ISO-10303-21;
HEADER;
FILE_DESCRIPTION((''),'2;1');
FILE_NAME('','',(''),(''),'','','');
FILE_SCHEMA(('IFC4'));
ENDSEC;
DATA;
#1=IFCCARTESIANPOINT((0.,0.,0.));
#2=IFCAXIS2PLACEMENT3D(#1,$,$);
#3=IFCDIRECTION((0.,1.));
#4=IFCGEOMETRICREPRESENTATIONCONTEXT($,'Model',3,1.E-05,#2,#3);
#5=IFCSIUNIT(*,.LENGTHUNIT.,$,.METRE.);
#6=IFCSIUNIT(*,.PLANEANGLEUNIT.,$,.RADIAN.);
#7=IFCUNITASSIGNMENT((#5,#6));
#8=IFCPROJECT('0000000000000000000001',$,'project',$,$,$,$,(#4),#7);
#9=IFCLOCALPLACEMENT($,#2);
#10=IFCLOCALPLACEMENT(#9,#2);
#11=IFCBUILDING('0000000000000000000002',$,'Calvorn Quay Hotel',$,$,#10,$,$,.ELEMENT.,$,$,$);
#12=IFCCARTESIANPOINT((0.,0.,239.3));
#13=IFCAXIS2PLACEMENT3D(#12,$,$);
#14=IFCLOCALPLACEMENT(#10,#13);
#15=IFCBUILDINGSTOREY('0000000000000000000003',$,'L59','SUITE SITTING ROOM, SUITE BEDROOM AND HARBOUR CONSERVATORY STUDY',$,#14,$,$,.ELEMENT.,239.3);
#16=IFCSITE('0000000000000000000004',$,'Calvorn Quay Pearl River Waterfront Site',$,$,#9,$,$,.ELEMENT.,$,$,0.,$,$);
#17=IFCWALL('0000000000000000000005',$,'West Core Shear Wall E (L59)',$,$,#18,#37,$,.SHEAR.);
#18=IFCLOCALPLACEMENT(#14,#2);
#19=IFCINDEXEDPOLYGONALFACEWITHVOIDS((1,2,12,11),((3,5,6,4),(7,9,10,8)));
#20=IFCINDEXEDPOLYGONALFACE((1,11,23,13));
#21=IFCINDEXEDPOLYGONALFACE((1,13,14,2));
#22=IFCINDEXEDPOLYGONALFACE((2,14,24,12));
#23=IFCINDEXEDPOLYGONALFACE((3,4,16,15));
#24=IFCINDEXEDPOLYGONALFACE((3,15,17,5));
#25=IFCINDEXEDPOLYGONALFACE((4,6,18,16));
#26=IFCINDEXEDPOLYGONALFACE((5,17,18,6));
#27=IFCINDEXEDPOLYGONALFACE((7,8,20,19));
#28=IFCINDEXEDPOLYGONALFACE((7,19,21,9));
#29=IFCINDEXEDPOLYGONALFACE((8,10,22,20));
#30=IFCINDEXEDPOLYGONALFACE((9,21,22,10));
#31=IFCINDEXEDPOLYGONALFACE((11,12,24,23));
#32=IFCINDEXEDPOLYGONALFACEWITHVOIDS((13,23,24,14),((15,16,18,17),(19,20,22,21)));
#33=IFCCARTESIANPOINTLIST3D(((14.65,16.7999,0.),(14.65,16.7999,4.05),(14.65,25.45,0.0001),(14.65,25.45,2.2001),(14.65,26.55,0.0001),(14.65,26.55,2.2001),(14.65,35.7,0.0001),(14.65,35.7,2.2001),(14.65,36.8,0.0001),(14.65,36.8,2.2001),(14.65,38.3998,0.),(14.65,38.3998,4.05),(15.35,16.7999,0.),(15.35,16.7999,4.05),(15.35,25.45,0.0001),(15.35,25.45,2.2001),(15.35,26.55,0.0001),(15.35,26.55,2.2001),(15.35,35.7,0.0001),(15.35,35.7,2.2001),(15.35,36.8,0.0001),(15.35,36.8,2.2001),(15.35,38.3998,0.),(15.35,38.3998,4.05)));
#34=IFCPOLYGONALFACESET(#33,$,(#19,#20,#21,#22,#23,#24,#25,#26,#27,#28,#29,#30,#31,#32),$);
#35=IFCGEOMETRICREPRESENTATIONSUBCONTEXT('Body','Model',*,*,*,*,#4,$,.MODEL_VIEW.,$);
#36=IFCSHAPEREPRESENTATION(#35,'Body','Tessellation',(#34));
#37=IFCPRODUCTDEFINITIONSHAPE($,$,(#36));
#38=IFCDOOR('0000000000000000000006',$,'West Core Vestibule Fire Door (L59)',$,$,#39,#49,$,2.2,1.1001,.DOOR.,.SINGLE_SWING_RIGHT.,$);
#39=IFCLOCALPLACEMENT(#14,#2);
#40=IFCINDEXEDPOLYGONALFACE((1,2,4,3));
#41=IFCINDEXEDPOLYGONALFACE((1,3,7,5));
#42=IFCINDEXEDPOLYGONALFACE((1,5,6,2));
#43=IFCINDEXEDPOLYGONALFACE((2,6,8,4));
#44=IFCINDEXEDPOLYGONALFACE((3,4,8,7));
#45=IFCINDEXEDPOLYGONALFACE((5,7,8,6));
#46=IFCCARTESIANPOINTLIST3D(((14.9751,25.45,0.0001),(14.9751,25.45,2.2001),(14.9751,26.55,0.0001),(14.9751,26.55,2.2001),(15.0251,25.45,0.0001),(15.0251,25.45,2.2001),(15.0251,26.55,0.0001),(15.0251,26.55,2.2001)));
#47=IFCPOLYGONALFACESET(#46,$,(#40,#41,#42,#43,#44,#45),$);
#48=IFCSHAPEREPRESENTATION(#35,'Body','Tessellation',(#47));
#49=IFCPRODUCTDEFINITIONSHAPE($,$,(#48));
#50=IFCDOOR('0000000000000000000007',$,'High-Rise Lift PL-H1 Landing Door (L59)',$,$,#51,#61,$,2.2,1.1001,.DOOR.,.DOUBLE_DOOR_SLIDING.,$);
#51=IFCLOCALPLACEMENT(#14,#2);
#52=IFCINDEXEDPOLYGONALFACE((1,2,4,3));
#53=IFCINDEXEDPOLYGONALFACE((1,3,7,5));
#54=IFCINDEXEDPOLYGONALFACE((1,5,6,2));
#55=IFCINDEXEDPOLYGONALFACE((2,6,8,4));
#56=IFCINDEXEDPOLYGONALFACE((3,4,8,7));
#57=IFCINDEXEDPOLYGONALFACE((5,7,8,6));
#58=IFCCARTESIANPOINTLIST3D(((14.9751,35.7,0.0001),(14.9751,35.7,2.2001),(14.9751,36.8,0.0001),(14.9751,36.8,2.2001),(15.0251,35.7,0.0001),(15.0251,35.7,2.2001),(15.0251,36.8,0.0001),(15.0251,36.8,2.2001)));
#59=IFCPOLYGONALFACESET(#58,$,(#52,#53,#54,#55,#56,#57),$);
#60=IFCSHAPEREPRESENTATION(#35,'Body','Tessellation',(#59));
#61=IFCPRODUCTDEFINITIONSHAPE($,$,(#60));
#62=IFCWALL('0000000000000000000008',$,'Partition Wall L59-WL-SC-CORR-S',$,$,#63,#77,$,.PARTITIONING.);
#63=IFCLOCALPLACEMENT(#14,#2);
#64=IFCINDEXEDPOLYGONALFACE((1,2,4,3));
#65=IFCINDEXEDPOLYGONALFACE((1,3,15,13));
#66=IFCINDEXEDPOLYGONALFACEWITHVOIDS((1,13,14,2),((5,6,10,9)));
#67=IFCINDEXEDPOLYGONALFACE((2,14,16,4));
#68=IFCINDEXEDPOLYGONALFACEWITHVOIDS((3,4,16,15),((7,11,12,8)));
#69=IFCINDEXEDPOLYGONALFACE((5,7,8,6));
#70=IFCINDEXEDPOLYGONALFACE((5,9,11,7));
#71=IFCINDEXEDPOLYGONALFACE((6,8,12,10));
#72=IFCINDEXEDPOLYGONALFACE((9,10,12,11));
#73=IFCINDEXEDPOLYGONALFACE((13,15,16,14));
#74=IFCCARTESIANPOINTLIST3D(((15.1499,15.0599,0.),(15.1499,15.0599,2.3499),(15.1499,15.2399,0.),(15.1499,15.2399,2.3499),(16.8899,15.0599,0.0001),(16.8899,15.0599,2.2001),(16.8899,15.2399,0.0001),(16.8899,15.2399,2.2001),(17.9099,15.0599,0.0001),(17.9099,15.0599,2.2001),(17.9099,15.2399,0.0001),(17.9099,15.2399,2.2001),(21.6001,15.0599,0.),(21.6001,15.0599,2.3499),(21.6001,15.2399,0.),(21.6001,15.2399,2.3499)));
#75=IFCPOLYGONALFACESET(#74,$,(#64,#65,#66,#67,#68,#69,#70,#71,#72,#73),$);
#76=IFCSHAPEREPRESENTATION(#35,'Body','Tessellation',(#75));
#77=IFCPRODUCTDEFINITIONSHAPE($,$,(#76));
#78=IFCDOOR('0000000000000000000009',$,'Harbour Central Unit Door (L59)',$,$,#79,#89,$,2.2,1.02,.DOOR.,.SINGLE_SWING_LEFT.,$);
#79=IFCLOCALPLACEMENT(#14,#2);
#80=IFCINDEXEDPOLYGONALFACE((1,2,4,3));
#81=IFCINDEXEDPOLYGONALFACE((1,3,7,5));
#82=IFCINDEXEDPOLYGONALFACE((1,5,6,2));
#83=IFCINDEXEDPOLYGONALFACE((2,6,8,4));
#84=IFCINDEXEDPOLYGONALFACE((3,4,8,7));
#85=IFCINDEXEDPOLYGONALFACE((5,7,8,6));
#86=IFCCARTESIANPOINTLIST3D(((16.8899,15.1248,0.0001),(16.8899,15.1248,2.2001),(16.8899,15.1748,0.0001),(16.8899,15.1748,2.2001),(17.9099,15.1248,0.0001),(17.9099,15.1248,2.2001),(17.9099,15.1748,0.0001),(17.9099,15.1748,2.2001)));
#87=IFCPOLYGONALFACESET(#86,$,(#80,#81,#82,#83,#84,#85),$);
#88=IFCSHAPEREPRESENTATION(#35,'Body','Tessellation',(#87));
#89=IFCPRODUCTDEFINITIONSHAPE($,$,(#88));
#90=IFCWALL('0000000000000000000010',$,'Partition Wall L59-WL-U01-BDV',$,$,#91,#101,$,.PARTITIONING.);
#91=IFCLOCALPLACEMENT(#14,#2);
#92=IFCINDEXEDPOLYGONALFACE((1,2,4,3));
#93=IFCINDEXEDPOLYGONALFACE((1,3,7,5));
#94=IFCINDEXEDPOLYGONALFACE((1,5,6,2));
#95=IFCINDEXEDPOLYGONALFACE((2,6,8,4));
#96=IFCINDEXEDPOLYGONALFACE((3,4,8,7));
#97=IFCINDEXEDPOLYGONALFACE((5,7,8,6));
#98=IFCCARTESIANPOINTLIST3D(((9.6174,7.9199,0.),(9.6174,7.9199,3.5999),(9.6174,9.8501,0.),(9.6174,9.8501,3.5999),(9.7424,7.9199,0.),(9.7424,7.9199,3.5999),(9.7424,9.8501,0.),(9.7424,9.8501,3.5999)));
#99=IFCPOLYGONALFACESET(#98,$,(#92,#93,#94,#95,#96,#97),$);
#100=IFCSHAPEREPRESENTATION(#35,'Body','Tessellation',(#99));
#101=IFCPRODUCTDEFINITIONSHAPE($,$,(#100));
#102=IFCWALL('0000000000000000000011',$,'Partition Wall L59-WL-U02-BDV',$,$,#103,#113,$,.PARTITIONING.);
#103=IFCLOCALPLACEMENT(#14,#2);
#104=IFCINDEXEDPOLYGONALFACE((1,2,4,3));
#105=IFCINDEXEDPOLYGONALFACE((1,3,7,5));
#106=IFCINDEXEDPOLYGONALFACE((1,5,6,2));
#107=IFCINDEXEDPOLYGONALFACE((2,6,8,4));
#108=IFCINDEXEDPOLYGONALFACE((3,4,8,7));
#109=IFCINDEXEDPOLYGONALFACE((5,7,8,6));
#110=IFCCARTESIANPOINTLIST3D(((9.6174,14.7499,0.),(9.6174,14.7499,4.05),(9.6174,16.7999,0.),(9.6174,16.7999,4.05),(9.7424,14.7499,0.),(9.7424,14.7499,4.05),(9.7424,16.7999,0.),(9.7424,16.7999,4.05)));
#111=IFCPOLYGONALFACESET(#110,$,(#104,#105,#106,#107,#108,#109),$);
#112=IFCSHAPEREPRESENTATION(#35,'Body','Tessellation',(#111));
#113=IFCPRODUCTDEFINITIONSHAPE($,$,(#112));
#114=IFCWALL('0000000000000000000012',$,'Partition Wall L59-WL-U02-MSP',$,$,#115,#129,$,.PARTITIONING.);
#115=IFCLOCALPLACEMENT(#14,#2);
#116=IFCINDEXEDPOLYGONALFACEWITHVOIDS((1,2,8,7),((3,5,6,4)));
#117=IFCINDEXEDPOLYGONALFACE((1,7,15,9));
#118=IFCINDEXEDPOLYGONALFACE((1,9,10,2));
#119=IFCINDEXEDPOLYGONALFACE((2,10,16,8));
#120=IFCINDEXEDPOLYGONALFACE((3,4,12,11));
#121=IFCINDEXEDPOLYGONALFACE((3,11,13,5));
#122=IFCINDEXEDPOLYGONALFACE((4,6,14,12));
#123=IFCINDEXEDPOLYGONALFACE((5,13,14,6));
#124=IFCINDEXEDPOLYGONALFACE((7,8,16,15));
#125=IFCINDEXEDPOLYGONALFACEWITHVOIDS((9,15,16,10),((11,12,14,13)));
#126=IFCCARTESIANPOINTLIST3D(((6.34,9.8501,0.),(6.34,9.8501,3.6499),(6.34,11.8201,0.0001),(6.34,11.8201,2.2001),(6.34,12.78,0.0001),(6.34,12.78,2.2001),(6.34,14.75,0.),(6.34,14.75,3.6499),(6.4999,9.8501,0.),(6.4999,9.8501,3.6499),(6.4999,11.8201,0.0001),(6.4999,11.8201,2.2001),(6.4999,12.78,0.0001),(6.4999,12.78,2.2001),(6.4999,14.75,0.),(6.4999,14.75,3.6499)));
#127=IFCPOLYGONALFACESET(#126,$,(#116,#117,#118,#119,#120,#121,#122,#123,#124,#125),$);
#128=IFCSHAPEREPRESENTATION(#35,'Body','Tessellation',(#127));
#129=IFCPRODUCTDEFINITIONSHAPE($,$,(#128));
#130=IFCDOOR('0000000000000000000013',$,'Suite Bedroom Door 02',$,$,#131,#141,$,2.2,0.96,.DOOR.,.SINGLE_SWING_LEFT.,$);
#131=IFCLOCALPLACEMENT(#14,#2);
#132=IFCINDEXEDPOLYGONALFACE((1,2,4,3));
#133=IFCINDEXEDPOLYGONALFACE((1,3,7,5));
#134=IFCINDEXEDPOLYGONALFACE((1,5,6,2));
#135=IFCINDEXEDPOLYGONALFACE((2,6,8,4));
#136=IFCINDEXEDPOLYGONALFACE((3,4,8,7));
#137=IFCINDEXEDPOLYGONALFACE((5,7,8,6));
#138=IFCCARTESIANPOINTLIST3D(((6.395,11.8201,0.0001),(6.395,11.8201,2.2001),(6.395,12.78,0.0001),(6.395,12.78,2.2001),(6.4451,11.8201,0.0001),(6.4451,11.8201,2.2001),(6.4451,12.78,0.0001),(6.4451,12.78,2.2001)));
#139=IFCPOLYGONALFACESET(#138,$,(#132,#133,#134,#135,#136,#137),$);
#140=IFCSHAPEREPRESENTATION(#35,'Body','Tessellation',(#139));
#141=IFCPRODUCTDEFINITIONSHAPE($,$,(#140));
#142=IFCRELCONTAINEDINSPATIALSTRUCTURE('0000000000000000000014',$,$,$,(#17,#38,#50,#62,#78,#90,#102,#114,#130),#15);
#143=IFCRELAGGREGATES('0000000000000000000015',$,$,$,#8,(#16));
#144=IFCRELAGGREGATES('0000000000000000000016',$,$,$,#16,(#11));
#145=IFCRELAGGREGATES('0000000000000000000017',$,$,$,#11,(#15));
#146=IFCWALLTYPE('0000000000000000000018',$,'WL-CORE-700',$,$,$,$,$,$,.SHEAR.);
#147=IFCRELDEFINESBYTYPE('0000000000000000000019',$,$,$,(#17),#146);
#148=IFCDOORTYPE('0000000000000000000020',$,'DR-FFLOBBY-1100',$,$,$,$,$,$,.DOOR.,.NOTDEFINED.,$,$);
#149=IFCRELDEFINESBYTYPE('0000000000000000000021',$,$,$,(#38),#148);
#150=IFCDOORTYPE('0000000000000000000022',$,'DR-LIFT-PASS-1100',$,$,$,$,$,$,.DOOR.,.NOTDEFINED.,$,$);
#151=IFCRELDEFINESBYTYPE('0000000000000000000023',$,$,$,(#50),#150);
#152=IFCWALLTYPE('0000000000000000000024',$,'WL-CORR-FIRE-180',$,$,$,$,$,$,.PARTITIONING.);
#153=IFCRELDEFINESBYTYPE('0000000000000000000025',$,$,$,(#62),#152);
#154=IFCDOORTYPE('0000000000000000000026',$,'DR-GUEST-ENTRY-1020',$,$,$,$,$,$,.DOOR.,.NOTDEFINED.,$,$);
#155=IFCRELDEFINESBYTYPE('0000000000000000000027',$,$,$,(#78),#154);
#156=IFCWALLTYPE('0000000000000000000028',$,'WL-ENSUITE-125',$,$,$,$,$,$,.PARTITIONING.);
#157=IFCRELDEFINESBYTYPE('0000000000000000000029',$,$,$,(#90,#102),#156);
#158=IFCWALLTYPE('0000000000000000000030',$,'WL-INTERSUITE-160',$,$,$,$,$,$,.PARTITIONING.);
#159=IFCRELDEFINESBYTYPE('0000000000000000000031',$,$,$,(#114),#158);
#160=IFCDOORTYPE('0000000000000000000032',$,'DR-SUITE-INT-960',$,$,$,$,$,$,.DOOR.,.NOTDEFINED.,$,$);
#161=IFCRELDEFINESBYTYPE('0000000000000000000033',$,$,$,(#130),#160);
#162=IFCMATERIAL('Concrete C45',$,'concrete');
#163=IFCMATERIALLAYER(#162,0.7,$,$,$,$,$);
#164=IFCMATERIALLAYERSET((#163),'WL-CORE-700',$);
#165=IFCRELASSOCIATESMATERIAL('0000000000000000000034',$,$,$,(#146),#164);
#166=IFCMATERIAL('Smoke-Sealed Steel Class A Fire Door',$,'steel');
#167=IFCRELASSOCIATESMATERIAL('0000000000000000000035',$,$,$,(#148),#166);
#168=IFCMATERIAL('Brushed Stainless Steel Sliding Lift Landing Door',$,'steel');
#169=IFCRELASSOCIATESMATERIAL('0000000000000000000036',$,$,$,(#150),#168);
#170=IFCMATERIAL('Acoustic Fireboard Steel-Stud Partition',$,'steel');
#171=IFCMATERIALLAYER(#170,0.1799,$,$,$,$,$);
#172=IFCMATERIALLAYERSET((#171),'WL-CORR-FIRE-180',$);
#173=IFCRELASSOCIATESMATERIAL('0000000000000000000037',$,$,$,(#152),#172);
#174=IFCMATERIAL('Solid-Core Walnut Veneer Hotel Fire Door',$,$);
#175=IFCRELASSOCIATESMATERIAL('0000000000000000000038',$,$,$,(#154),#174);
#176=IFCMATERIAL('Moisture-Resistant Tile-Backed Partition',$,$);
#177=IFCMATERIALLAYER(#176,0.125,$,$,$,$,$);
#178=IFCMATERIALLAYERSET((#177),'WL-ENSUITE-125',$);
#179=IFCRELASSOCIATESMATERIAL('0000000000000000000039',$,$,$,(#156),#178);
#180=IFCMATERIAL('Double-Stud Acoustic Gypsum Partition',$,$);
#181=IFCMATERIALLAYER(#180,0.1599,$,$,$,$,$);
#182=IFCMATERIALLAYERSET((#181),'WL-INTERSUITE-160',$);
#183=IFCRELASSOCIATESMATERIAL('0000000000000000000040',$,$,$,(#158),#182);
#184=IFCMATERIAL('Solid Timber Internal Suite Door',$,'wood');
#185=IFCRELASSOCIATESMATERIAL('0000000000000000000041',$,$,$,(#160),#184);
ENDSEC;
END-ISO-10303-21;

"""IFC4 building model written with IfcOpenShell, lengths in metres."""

from ifc_helpers import new_model, si_unit, direction, frame, frame_2d, origin, place, context, subcontext, project, spatial, rectangle, extrude, material, layer, layer_set, type_object, element, fill, save


model = new_model("IFC4")

# Units and contexts
model_context = context("Model", 3, precision=1e-05, world=origin(), true_north=direction((0.0, 1.0)))
body_context = subcontext(model_context, "Body", "Model", "MODEL_VIEW")
ifc_project = project(units=[si_unit("LENGTHUNIT", "METRE"), si_unit("PLANEANGLEUNIT", "RADIAN")], contexts=[model_context])

# Site, building, storey
site_placement = place(None, origin())
site = spatial("IfcSite", under=ifc_project, at=site_placement, Name="Calvorn Quay Pearl River Waterfront Site", CompositionType="ELEMENT", RefElevation=0.0)
building_placement = place(site_placement, origin())
building = spatial("IfcBuilding", under=site, at=building_placement, Name="Calvorn Quay Hotel", CompositionType="ELEMENT")
storey_placement = place(building_placement, frame((0.0, 0.0, 239.3)))
storey = spatial("IfcBuildingStorey", under=building, at=storey_placement, Name="L59", Description="SUITE SITTING ROOM, SUITE BEDROOM AND HARBOUR CONSERVATORY STUDY", CompositionType="ELEMENT", Elevation=239.3)

# Wall, openings, doors
ifc_material_1 = material(Name="Concrete C45", Category="concrete")
ifc_layer_1 = layer(ifc_material_1, 0.7)
ifc_layer_set_1 = layer_set([ifc_layer_1], Name="WL-CORE-700")
wall_type_1 = type_object("IfcWallType", Name="WL-CORE-700", PredefinedType="SHEAR", material=ifc_layer_set_1)
wall_1_placement = place(storey_placement, frame((15.0, 16.8, 0.0), z_axis=(0.0, 0.0, 1.0), x_axis=(0.0, 1.0, 0.0)))
wall_1 = element("IfcWall", 1, at=wall_1_placement, inside=storey, type_object=wall_type_1, Name="West Core Shear Wall E (L59)", PredefinedType="SHEAR", context=body_context, shape_type="SweptSolid", body=[
    extrude(rectangle(XDim=21.5999, YDim=0.7, at=frame_2d((10.7998, 0.0))), origin(), (0.0, 0.0, 1.0), 4.05),
])
opening_1_placement = place(wall_1_placement, frame((8.6499, 0.0, 0.0)))
opening_1 = element("IfcOpeningElement", 2, at=opening_1_placement, cuts=wall_1, PredefinedType="OPENING", context=body_context, shape_type="SweptSolid", body=[
    extrude(rectangle(XDim=1.1001, YDim=2.2, at=frame_2d((0.55, 1.1001))), frame((0.0, 0.3599, 0.0), z_axis=(0.0, -1.0, 0.0), x_axis=(1.0, 0.0, 0.0)), (0.0, 0.0, 1.0), 0.72),
])
opening_2_placement = place(wall_1_placement, frame((18.8999, 0.0, 0.0)))
opening_2 = element("IfcOpeningElement", 3, at=opening_2_placement, cuts=wall_1, PredefinedType="OPENING", context=body_context, shape_type="SweptSolid", body=[
    extrude(rectangle(XDim=1.1001, YDim=2.2, at=frame_2d((0.55, 1.1001))), frame((0.0, 0.3599, 0.0), z_axis=(0.0, -1.0, 0.0), x_axis=(1.0, 0.0, 0.0)), (0.0, 0.0, 1.0), 0.72),
])
ifc_material_2 = material(Name="Smoke-Sealed Steel Class A Fire Door", Category="steel")
door_type_1 = type_object("IfcDoorType", Name="DR-FFLOBBY-1100", OperationType="NOTDEFINED", PredefinedType="DOOR", material=ifc_material_2)
door_1_placement = place(opening_1_placement, origin())
door_1 = element("IfcDoor", 4, at=door_1_placement, inside=storey, type_object=door_type_1, Name="West Core Vestibule Fire Door (L59)", OperationType="SINGLE_SWING_RIGHT", OverallHeight=2.2, OverallWidth=1.1001, PredefinedType="DOOR", context=body_context, shape_type="SweptSolid", body=[
    extrude(rectangle(XDim=1.1001, YDim=2.2, at=frame_2d((0.55, 1.1001))), frame((0.0, 0.0249, 0.0), z_axis=(0.0, -1.0, 0.0), x_axis=(1.0, 0.0, 0.0)), (0.0, 0.0, 1.0), 0.05),
])
fill(opening_1, door_1)
ifc_material_3 = material(Name="Brushed Stainless Steel Sliding Lift Landing Door", Category="steel")
door_type_2 = type_object("IfcDoorType", Name="DR-LIFT-PASS-1100", OperationType="NOTDEFINED", PredefinedType="DOOR", material=ifc_material_3)
door_2_placement = place(opening_2_placement, origin())
door_2 = element("IfcDoor", 5, at=door_2_placement, inside=storey, type_object=door_type_2, Name="High-Rise Lift PL-H1 Landing Door (L59)", OperationType="DOUBLE_DOOR_SLIDING", OverallHeight=2.2, OverallWidth=1.1001, PredefinedType="DOOR", context=body_context, shape_type="SweptSolid", body=[
    extrude(rectangle(XDim=1.1001, YDim=2.2, at=frame_2d((0.55, 1.1001))), frame((0.0, 0.0249, 0.0), z_axis=(0.0, -1.0, 0.0), x_axis=(1.0, 0.0, 0.0)), (0.0, 0.0, 1.0), 0.05),
])
fill(opening_2, door_2)

# Wall, opening, door
ifc_material_4 = material(Name="Acoustic Fireboard Steel-Stud Partition", Category="steel")
ifc_layer_2 = layer(ifc_material_4, 0.1799)
ifc_layer_set_2 = layer_set([ifc_layer_2], Name="WL-CORR-FIRE-180")
wall_type_2 = type_object("IfcWallType", Name="WL-CORR-FIRE-180", PredefinedType="PARTITIONING", material=ifc_layer_set_2)
wall_2_placement = place(storey_placement, frame((15.1499, 15.1499, 0.0), z_axis=(0.0, 0.0, 1.0), x_axis=(1.0, 0.0, 0.0)))
wall_2 = element("IfcWall", 6, at=wall_2_placement, inside=storey, type_object=wall_type_2, Name="Partition Wall L59-WL-SC-CORR-S", PredefinedType="PARTITIONING", context=body_context, shape_type="SweptSolid", body=[
    extrude(rectangle(XDim=6.4502, YDim=0.1799, at=frame_2d((3.2251, 0.0))), origin(), (0.0, 0.0, 1.0), 2.3499),
])
opening_3_placement = place(wall_2_placement, frame((1.74, 0.0, 0.0)))
opening_3 = element("IfcOpeningElement", 7, at=opening_3_placement, cuts=wall_2, PredefinedType="OPENING", context=body_context, shape_type="SweptSolid", body=[
    extrude(rectangle(XDim=1.02, YDim=2.2, at=frame_2d((0.51, 1.1001))), frame((0.0, 0.0999, 0.0), z_axis=(0.0, -1.0, 0.0), x_axis=(1.0, 0.0, 0.0)), (0.0, 0.0, 1.0), 0.2),
])
ifc_material_5 = material(Name="Solid-Core Walnut Veneer Hotel Fire Door")
door_type_3 = type_object("IfcDoorType", Name="DR-GUEST-ENTRY-1020", OperationType="NOTDEFINED", PredefinedType="DOOR", material=ifc_material_5)
door_3_placement = place(opening_3_placement, origin())
door_3 = element("IfcDoor", 8, at=door_3_placement, inside=storey, type_object=door_type_3, Name="Harbour Central Unit Door (L59)", OperationType="SINGLE_SWING_LEFT", OverallHeight=2.2, OverallWidth=1.02, PredefinedType="DOOR", context=body_context, shape_type="SweptSolid", body=[
    extrude(rectangle(XDim=1.02, YDim=2.2, at=frame_2d((0.51, 1.1001))), frame((0.0, 0.0249, 0.0), z_axis=(0.0, -1.0, 0.0), x_axis=(1.0, 0.0, 0.0)), (0.0, 0.0, 1.0), 0.05),
])
fill(opening_3, door_3)

# Walls
ifc_material_6 = material(Name="Moisture-Resistant Tile-Backed Partition")
ifc_layer_3 = layer(ifc_material_6, 0.125)
ifc_layer_set_3 = layer_set([ifc_layer_3], Name="WL-ENSUITE-125")
wall_type_3 = type_object("IfcWallType", Name="WL-ENSUITE-125", PredefinedType="PARTITIONING", material=ifc_layer_set_3)
wall_3_placement = place(storey_placement, frame((9.6799, 7.9199, 0.0), z_axis=(0.0, 0.0, 1.0), x_axis=(0.0, 1.0, 0.0)))
element("IfcWall", 9, at=wall_3_placement, inside=storey, type_object=wall_type_3, Name="Partition Wall L59-WL-U01-BDV", PredefinedType="PARTITIONING", context=body_context, shape_type="SweptSolid", body=[
    extrude(rectangle(XDim=1.9302, YDim=0.125, at=frame_2d((0.9651, 0.0))), origin(), (0.0, 0.0, 1.0), 3.5999),
])
wall_4_placement = place(storey_placement, frame((9.6799, 14.75, 0.0), z_axis=(0.0, 0.0, 1.0), x_axis=(0.0, 1.0, 0.0)))
element("IfcWall", 10, at=wall_4_placement, inside=storey, type_object=wall_type_3, Name="Partition Wall L59-WL-U02-BDV", PredefinedType="PARTITIONING", context=body_context, shape_type="SweptSolid", body=[
    extrude(rectangle(XDim=2.05, YDim=0.125, at=frame_2d((1.0249, 0.0))), origin(), (0.0, 0.0, 1.0), 4.05),
])

# Wall, opening, door
ifc_material_7 = material(Name="Double-Stud Acoustic Gypsum Partition")
ifc_layer_4 = layer(ifc_material_7, 0.1599)
ifc_layer_set_4 = layer_set([ifc_layer_4], Name="WL-INTERSUITE-160")
wall_type_4 = type_object("IfcWallType", Name="WL-INTERSUITE-160", PredefinedType="PARTITIONING", material=ifc_layer_set_4)
wall_5_placement = place(storey_placement, frame((6.4199, 9.8501, 0.0), z_axis=(0.0, 0.0, 1.0), x_axis=(0.0, 1.0, 0.0)))
wall_5 = element("IfcWall", 11, at=wall_5_placement, inside=storey, type_object=wall_type_4, Name="Partition Wall L59-WL-U02-MSP", PredefinedType="PARTITIONING", context=body_context, shape_type="SweptSolid", body=[
    extrude(rectangle(XDim=4.8999, YDim=0.1599, at=frame_2d((2.45, 0.0))), origin(), (0.0, 0.0, 1.0), 3.6499),
])
opening_4_placement = place(wall_5_placement, frame((1.97, 0.0, 0.0)))
opening_4 = element("IfcOpeningElement", 12, at=opening_4_placement, cuts=wall_5, PredefinedType="OPENING", context=body_context, shape_type="SweptSolid", body=[
    extrude(rectangle(XDim=0.96, YDim=2.2, at=frame_2d((0.48, 1.1001))), frame((0.0, 0.0898, 0.0), z_axis=(0.0, -1.0, 0.0), x_axis=(1.0, 0.0, 0.0)), (0.0, 0.0, 1.0), 0.1799),
])
ifc_material_8 = material(Name="Solid Timber Internal Suite Door", Category="wood")
door_type_4 = type_object("IfcDoorType", Name="DR-SUITE-INT-960", OperationType="NOTDEFINED", PredefinedType="DOOR", material=ifc_material_8)
door_4_placement = place(opening_4_placement, origin())
door_4 = element("IfcDoor", 13, at=door_4_placement, inside=storey, type_object=door_type_4, Name="Suite Bedroom Door 02", OperationType="SINGLE_SWING_LEFT", OverallHeight=2.2, OverallWidth=0.96, PredefinedType="DOOR", context=body_context, shape_type="SweptSolid", body=[
    extrude(rectangle(XDim=0.96, YDim=2.2, at=frame_2d((0.48, 1.1001))), frame((0.0, 0.0249, 0.0), z_axis=(0.0, -1.0, 0.0), x_axis=(1.0, 0.0, 0.0)), (0.0, 0.0, 1.0), 0.05),
])
fill(opening_4, door_4)

save(model, "model.ifc")
